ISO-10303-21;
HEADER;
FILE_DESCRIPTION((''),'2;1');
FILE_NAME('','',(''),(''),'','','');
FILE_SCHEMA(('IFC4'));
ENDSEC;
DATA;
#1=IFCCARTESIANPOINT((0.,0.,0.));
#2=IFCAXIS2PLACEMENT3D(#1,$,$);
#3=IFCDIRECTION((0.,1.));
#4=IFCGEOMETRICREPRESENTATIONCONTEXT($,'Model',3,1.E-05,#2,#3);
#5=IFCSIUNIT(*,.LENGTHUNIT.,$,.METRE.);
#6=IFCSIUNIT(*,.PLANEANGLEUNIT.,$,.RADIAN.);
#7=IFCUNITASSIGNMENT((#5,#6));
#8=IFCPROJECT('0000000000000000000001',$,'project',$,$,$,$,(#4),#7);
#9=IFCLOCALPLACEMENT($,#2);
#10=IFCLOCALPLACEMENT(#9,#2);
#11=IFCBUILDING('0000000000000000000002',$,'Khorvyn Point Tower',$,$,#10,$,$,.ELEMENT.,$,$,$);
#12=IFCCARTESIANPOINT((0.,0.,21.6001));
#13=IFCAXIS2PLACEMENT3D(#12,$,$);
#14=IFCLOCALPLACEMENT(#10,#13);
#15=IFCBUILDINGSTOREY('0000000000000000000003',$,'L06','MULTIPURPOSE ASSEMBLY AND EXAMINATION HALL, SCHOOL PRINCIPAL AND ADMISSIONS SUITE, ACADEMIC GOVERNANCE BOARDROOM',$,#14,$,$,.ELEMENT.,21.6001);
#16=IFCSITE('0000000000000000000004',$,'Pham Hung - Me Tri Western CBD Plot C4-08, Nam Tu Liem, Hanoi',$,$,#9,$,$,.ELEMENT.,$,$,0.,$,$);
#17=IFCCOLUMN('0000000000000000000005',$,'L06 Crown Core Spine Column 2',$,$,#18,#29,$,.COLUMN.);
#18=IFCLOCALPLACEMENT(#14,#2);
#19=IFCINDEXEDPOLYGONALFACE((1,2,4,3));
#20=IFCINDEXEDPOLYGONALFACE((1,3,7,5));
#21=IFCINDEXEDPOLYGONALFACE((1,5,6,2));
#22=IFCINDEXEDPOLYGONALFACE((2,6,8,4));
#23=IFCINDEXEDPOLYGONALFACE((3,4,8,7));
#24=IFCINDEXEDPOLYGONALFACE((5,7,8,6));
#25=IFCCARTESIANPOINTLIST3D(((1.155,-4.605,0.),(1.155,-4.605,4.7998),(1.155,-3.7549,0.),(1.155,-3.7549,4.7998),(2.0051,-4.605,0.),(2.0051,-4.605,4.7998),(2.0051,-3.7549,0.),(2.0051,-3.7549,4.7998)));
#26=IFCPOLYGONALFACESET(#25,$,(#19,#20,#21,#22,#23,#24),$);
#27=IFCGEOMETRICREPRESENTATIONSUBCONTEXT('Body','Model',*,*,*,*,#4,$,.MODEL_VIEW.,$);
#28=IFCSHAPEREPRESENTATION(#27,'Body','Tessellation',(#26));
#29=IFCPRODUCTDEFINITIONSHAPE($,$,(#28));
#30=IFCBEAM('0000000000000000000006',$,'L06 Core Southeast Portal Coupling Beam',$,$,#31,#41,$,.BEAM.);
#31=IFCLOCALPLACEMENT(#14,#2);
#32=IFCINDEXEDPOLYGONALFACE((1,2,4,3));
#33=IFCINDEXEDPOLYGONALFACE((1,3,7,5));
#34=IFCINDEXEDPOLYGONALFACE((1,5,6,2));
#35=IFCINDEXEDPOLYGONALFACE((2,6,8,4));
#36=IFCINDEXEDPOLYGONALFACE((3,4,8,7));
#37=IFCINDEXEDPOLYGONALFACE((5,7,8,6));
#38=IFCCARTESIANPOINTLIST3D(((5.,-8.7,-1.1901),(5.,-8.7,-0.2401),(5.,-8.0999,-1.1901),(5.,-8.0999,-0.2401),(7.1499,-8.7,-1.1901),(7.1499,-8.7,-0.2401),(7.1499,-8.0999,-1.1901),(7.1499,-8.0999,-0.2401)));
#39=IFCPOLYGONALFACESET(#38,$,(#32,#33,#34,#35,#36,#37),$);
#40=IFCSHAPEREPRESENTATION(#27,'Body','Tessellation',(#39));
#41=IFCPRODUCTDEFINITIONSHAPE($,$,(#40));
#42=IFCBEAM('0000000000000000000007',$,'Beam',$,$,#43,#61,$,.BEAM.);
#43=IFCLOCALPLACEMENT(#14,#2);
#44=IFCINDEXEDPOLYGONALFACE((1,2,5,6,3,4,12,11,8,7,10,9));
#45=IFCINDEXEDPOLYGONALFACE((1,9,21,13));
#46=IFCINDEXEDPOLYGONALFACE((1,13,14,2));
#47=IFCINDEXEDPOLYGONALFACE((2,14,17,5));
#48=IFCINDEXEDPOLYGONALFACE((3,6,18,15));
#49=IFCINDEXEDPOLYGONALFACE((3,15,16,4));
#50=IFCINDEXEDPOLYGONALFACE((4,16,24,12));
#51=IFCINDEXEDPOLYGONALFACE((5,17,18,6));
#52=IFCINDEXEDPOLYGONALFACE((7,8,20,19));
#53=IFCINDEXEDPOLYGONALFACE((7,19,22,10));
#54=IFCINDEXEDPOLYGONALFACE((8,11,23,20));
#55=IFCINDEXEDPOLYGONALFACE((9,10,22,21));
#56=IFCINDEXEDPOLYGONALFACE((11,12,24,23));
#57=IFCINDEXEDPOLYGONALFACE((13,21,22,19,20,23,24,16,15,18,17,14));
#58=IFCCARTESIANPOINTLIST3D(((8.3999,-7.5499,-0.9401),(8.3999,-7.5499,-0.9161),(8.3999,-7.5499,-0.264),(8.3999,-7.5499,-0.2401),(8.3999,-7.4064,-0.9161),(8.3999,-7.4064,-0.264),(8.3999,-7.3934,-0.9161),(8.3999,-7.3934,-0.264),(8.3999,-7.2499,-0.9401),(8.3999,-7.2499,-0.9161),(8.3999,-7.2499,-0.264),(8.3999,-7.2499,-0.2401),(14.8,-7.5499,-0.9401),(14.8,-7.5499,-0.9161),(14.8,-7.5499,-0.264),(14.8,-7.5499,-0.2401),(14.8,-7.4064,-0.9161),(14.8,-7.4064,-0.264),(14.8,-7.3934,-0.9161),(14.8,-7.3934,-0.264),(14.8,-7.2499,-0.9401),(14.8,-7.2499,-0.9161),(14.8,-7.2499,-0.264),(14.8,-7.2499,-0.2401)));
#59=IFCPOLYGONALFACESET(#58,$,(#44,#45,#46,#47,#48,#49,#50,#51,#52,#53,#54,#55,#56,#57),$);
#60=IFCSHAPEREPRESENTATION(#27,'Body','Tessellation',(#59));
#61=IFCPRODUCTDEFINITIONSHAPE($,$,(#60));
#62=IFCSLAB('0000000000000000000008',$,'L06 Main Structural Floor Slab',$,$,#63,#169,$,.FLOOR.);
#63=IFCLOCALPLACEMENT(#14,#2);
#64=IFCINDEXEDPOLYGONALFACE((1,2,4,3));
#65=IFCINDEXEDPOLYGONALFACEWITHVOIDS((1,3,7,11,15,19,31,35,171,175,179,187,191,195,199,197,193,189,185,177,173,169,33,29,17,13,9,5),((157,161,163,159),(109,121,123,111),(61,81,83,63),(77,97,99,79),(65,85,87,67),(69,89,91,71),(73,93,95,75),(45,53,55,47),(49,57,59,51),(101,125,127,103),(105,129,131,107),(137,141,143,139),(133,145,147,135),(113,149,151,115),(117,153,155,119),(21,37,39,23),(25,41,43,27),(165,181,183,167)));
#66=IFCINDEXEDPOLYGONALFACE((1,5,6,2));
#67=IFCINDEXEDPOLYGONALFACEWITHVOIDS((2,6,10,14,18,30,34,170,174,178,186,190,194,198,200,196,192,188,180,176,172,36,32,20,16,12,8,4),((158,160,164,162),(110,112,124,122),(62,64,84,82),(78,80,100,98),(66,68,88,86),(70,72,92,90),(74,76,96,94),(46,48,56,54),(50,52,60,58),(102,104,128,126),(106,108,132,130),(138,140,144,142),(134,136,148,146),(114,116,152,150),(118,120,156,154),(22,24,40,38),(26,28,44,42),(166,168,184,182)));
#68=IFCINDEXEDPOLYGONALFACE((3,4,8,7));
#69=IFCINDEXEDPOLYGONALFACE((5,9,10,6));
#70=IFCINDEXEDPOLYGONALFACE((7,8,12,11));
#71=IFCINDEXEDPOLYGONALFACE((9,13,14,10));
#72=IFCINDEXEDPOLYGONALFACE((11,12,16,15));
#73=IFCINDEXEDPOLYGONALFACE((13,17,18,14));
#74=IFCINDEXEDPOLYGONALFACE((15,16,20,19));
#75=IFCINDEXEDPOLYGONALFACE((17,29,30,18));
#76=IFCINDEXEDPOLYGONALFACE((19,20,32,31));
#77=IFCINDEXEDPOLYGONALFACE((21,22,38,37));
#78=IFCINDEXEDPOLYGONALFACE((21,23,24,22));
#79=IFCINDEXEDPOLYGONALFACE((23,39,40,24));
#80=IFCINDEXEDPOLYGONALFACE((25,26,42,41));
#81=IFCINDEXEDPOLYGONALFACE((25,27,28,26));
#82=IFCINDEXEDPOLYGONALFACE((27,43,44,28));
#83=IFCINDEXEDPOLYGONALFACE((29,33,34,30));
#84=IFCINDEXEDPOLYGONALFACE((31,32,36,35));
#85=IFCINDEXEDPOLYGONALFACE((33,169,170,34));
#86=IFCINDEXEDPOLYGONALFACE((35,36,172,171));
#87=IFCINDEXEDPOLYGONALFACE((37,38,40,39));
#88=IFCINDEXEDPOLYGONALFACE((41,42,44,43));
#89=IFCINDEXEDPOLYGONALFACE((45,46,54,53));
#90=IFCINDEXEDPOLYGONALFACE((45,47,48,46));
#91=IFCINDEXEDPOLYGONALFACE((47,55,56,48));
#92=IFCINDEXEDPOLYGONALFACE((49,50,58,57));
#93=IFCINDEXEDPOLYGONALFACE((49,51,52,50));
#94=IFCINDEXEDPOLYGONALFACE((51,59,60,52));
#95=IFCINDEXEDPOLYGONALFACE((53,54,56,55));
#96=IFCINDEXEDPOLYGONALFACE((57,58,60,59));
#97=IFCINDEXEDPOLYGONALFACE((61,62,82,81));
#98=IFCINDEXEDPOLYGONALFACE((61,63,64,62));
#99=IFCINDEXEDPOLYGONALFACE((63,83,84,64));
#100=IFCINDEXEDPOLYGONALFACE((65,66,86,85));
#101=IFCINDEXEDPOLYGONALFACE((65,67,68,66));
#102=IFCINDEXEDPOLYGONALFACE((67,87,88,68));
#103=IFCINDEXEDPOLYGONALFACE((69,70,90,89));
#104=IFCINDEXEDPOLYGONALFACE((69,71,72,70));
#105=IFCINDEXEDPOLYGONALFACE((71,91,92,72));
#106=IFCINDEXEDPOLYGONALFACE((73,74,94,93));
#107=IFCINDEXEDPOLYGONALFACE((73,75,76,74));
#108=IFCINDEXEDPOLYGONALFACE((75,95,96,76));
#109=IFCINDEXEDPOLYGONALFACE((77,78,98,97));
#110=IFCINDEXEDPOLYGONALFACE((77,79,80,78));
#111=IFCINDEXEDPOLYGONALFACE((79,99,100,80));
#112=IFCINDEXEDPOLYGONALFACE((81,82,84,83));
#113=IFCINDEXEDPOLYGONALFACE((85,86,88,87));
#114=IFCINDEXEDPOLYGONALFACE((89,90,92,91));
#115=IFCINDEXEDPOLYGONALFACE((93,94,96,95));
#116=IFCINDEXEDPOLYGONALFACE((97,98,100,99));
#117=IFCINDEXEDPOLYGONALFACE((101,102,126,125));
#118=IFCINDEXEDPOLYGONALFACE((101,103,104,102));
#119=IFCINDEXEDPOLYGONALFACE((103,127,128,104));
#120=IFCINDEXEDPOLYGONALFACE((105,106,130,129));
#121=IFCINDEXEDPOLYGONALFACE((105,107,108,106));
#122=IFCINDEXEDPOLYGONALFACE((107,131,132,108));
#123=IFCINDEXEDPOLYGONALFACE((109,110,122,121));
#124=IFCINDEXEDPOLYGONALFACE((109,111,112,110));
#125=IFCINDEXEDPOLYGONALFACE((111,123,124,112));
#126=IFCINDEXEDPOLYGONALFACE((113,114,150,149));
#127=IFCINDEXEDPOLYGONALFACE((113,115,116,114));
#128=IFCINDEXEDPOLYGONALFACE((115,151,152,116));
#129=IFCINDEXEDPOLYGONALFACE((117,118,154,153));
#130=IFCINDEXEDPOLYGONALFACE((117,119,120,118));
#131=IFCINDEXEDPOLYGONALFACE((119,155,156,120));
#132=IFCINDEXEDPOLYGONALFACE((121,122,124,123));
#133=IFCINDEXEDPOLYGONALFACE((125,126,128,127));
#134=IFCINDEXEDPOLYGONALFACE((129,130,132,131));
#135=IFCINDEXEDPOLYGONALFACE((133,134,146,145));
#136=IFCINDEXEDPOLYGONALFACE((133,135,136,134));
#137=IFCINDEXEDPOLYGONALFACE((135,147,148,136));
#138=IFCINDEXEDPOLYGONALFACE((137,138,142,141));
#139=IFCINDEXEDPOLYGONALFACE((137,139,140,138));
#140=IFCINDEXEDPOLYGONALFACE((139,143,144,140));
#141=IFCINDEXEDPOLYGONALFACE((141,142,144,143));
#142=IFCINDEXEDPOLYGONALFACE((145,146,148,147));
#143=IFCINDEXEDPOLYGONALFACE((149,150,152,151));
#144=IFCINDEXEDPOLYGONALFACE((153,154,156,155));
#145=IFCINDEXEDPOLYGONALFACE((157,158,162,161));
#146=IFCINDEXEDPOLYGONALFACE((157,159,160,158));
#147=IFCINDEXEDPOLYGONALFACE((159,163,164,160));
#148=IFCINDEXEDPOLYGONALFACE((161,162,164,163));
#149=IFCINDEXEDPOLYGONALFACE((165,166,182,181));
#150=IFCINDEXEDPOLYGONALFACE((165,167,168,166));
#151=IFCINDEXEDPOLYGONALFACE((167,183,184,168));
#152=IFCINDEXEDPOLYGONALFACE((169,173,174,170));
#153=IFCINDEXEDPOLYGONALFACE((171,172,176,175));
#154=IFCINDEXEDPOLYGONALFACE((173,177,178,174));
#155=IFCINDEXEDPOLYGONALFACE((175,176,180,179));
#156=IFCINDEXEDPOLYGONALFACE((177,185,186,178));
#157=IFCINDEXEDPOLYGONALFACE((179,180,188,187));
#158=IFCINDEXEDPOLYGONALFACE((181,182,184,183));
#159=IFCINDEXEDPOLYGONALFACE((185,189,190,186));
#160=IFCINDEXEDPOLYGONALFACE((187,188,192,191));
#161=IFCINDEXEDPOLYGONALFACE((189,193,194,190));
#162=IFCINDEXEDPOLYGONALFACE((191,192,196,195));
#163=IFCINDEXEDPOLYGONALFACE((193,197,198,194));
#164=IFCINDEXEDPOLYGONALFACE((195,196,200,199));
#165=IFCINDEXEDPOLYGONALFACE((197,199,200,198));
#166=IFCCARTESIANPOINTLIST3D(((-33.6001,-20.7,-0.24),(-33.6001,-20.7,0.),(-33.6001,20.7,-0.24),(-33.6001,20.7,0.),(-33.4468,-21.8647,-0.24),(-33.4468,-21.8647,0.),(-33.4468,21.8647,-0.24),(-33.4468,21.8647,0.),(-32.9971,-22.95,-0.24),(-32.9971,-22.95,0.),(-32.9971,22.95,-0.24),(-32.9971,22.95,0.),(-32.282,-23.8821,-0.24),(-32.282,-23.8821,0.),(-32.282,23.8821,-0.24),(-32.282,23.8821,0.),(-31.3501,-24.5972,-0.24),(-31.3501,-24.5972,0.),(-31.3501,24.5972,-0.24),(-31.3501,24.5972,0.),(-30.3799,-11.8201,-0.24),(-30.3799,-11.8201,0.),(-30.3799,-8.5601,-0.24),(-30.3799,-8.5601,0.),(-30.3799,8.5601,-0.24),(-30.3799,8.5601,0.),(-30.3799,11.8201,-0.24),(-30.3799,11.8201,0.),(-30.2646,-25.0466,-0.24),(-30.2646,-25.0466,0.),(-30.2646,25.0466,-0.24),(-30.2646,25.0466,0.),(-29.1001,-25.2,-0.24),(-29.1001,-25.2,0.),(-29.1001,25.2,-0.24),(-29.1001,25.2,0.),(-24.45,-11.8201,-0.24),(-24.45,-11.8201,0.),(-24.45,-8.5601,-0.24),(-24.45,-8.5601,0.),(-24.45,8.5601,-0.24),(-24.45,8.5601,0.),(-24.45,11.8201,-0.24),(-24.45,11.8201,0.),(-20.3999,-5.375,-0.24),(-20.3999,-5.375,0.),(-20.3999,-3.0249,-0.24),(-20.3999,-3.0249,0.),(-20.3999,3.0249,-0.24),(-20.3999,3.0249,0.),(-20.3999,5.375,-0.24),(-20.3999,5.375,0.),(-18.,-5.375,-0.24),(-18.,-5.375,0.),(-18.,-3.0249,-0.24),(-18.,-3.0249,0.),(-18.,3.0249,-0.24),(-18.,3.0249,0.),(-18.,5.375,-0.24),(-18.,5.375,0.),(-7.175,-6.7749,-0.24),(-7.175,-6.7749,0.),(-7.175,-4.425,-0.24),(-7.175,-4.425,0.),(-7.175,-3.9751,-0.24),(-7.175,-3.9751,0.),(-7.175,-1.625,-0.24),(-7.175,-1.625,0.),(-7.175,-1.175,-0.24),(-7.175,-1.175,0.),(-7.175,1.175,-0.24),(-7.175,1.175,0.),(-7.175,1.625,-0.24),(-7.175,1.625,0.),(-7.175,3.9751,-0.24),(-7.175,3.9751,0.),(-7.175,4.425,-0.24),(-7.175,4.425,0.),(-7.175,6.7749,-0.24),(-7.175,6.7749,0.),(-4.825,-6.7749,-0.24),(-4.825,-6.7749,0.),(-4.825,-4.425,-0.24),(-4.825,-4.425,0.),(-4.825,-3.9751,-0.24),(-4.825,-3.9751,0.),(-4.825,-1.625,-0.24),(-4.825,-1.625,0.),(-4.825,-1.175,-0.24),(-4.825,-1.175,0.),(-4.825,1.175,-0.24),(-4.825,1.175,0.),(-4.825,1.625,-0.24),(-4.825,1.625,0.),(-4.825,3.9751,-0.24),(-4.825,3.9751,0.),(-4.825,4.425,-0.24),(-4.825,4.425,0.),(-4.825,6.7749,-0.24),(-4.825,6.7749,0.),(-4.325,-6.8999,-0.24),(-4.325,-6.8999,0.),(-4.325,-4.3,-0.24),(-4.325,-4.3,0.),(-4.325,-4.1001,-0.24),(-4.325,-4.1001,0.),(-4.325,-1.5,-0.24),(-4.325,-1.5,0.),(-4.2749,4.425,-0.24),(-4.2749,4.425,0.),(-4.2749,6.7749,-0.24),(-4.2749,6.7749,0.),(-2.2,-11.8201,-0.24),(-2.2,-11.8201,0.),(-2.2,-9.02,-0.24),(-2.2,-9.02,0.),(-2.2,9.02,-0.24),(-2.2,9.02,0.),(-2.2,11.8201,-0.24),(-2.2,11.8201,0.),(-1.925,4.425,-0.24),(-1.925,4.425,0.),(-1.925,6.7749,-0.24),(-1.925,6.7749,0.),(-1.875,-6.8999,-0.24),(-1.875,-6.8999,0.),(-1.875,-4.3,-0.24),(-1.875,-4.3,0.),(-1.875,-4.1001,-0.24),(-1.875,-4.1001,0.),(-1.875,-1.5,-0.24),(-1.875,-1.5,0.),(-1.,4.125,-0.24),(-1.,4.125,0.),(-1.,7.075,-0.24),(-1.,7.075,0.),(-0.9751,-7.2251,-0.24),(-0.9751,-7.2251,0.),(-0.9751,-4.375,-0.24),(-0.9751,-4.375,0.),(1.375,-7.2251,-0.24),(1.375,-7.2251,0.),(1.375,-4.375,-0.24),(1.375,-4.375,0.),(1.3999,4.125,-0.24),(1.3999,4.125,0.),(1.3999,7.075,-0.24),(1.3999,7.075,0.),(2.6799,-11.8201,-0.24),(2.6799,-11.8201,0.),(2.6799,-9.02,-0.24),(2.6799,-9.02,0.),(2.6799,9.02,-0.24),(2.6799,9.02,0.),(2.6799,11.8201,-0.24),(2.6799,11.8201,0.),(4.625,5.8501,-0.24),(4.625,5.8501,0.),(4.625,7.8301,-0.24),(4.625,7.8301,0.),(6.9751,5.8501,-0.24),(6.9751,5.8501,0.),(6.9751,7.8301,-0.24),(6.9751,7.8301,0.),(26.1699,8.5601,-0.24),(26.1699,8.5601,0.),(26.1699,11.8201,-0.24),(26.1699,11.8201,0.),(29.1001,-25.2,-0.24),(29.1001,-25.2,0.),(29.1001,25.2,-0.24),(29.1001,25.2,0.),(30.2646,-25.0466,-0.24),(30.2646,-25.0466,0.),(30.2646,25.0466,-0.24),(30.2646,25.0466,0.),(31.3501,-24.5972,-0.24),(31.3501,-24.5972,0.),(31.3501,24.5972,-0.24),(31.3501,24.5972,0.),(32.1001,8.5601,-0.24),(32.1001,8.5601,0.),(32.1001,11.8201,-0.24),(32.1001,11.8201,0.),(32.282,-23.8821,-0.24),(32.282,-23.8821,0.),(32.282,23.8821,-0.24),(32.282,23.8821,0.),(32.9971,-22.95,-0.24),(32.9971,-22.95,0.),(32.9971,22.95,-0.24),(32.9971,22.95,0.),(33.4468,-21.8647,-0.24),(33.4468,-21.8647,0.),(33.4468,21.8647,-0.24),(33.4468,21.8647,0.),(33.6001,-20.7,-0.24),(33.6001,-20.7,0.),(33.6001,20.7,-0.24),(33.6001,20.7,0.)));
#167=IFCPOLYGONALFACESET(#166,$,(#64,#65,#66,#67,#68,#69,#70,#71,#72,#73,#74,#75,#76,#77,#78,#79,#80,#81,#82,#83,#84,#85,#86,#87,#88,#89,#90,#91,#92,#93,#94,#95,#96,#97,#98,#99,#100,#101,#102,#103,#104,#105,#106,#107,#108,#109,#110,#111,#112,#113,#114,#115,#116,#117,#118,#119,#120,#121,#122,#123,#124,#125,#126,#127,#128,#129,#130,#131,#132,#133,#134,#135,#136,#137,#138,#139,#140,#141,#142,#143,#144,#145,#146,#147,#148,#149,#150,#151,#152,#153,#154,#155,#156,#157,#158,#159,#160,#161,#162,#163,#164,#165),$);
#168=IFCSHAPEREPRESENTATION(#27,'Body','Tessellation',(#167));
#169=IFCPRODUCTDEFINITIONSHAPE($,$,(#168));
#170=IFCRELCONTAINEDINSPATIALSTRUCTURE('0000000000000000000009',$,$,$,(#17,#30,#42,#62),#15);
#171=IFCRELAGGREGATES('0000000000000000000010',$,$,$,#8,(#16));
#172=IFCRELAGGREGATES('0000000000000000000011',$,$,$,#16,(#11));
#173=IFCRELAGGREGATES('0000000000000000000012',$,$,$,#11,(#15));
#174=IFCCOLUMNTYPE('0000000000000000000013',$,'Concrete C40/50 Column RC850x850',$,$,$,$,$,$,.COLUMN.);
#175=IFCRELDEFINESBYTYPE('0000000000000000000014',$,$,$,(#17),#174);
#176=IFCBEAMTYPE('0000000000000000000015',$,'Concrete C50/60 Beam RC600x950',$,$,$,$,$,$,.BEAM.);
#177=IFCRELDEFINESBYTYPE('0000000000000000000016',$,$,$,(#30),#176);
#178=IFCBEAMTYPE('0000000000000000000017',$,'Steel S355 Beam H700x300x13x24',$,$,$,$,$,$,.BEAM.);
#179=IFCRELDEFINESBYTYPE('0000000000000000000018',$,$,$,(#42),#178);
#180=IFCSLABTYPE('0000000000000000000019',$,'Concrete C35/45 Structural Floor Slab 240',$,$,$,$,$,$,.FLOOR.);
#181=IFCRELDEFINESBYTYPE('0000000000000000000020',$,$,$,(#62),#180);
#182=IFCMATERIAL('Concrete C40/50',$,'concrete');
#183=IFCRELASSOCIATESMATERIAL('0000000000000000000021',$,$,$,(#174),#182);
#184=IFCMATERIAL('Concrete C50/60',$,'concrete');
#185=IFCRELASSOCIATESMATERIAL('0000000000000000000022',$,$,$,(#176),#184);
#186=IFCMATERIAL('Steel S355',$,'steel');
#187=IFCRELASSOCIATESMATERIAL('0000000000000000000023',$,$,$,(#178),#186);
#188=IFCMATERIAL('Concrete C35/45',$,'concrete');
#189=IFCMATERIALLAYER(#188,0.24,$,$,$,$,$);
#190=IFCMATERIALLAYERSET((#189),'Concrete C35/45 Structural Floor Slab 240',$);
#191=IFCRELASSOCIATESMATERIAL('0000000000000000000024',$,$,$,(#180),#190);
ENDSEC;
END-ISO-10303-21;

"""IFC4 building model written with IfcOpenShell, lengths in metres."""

from ifc_helpers import new_model, si_unit, direction, frame, origin, origin_2d, place, context, subcontext, project, spatial, polyline, rectangle, i_section, outline, extrude, material, layer, layer_set, material_profile, profile_set, type_object, element, save


model = new_model("IFC4")

# Units and contexts
model_context = context("Model", 3, precision=1e-05, world=origin(), true_north=direction((0.0, 1.0)))
body_context = subcontext(model_context, "Body", "Model", "MODEL_VIEW")
ifc_project = project(units=[si_unit("LENGTHUNIT", "METRE"), si_unit("PLANEANGLEUNIT", "RADIAN")], contexts=[model_context])

# Site, building, storey
site_placement = place(None, origin())
site = spatial("IfcSite", under=ifc_project, at=site_placement, Name="Pham Hung - Me Tri Western CBD Plot C4-08, Nam Tu Liem, Hanoi", CompositionType="ELEMENT", RefElevation=0.0)
building_placement = place(site_placement, origin())
building = spatial("IfcBuilding", under=site, at=building_placement, Name="Khorvyn Point Tower", CompositionType="ELEMENT")
storey_placement = place(building_placement, frame((0.0, 0.0, 21.6001)))
storey = spatial("IfcBuildingStorey", under=building, at=storey_placement, Name="L06", Description="MULTIPURPOSE ASSEMBLY AND EXAMINATION HALL, SCHOOL PRINCIPAL AND ADMISSIONS SUITE, ACADEMIC GOVERNANCE BOARDROOM", CompositionType="ELEMENT", Elevation=21.6001)

# Column
ifc_material_1 = material(Name="Concrete C40/50", Category="concrete")
ifc_material_profile_1 = material_profile(ifc_material_1, rectangle(XDim=0.8501, YDim=0.8501, at=origin_2d()))
ifc_profile_set_1 = profile_set([ifc_material_profile_1], Name="Concrete C40/50 RC850x850")
column_type = type_object("IfcColumnType", Name="Concrete C40/50 Column RC850x850", PredefinedType="COLUMN", material=ifc_profile_set_1)
column_placement = place(storey_placement, frame((1.5801, -4.1799, 0.0), z_axis=(0.0, 0.0, 1.0), x_axis=(1.0, 0.0, 0.0)))
element("IfcColumn", 1, at=column_placement, inside=storey, type_object=column_type, Name="L06 Crown Core Spine Column 2", PredefinedType="COLUMN", context=body_context, shape_type="SweptSolid", body=[
    extrude(rectangle(XDim=0.8501, YDim=0.8501, at=origin_2d()), origin(), (0.0, 0.0, 1.0), 4.7998),
])

# Beams
ifc_material_2 = material(Name="Concrete C50/60", Category="concrete")
ifc_material_profile_2 = material_profile(ifc_material_2, rectangle(XDim=0.6001, YDim=0.95, at=origin_2d()))
ifc_profile_set_2 = profile_set([ifc_material_profile_2], Name="Concrete C50/60 RC600x950")
beam_type_1 = type_object("IfcBeamType", Name="Concrete C50/60 Beam RC600x950", PredefinedType="BEAM", material=ifc_profile_set_2)
beam_1_placement = place(storey_placement, frame((5.0, -8.3999, -0.7151), z_axis=(1.0, 0.0, 0.0), x_axis=(0.0, 1.0, 0.0)))
element("IfcBeam", 2, at=beam_1_placement, inside=storey, type_object=beam_type_1, Name="L06 Core Southeast Portal Coupling Beam", PredefinedType="BEAM", context=body_context, shape_type="SweptSolid", body=[
    extrude(rectangle(XDim=0.6001, YDim=0.95, at=origin_2d()), origin(), (0.0, 0.0, 1.0), 2.1499),
])
ifc_material_3 = material(Name="Steel S355", Category="steel")
ifc_material_profile_3 = material_profile(ifc_material_3, i_section(OverallWidth=0.3, OverallDepth=0.7, WebThickness=0.0129, FlangeThickness=0.0239, at=origin_2d()))
ifc_profile_set_3 = profile_set([ifc_material_profile_3], Name="Steel S355 H700x300x13x24")
beam_type_2 = type_object("IfcBeamType", Name="Steel S355 Beam H700x300x13x24", PredefinedType="BEAM", material=ifc_profile_set_3)
beam_2_placement = place(storey_placement, frame((8.3999, -7.3999, -0.5901), z_axis=(1.0, 0.0, 0.0), x_axis=(0.0, 1.0, 0.0)))
element("IfcBeam", 3, at=beam_2_placement, inside=storey, type_object=beam_type_2, Name="Beam", PredefinedType="BEAM", context=body_context, shape_type="SweptSolid", body=[
    extrude(i_section(OverallWidth=0.3, OverallDepth=0.7, WebThickness=0.0129, FlangeThickness=0.0239, at=origin_2d()), origin(), (0.0, 0.0, 1.0), 6.4001),
])

# Slab
ifc_material_4 = material(Name="Concrete C35/45", Category="concrete")
ifc_layer_1 = layer(ifc_material_4, 0.24)
ifc_layer_set_1 = layer_set([ifc_layer_1], Name="Concrete C35/45 Structural Floor Slab 240")
slab_type = type_object("IfcSlabType", Name="Concrete C35/45 Structural Floor Slab 240", PredefinedType="FLOOR", material=ifc_layer_set_1)
slab_placement = place(storey_placement, frame((0.0, 0.0, -0.24)))
element("IfcSlab", 4, at=slab_placement, inside=storey, type_object=slab_type, Name="L06 Main Structural Floor Slab", PredefinedType="FLOOR", context=body_context, shape_type="SweptSolid", body=[
    extrude(outline(polyline([(-29.1001, -25.2), (-30.2646, -25.0466), (-31.3501, -24.5972), (-32.282, -23.8821), (-32.9971, -22.95), (-33.4468, -21.8647), (-33.6001, -20.7), (-33.6001, 20.7), (-33.4468, 21.8647), (-32.9971, 22.95), (-32.282, 23.8821), (-31.3501, 24.5972), (-30.2646, 25.0466), (-29.1001, 25.2), (29.1001, 25.2), (30.2646, 25.0466), (31.3501, 24.5972), (32.282, 23.8821), (32.9971, 22.95), (33.4468, 21.8647), (33.6001, 20.7), (33.6001, -20.7), (33.4468, -21.8647), (32.9971, -22.95), (32.282, -23.8821), (31.3501, -24.5972), (30.2646, -25.0466), (29.1001, -25.2), (-29.1001, -25.2)]), holes=[polyline([(-30.3799, -11.8201), (-24.45, -11.8201), (-24.45, -8.5601), (-30.3799, -8.5601), (-30.3799, -11.8201)]), polyline([(-7.175, -6.7749), (-4.825, -6.7749), (-4.825, -4.425), (-7.175, -4.425), (-7.175, -6.7749)]), polyline([(-20.3999, -5.375), (-18.0, -5.375), (-18.0, -3.0249), (-20.3999, -3.0249), (-20.3999, -5.375)]), polyline([(-7.175, -3.9751), (-4.825, -3.9751), (-4.825, -1.625), (-7.175, -1.625), (-7.175, -3.9751)]), polyline([(-7.175, -1.175), (-4.825, -1.175), (-4.825, 1.175), (-7.175, 1.175), (-7.175, -1.175)]), polyline([(-7.175, 1.625), (-4.825, 1.625), (-4.825, 3.9751), (-7.175, 3.9751), (-7.175, 1.625)]), polyline([(-20.3999, 3.0249), (-18.0, 3.0249), (-18.0, 5.375), (-20.3999, 5.375), (-20.3999, 3.0249)]), polyline([(-7.175, 6.7749), (-7.175, 4.425), (-4.825, 4.425), (-4.825, 6.7749), (-7.175, 6.7749)]), polyline([(-30.3799, 11.8201), (-30.3799, 8.5601), (-24.45, 8.5601), (-24.45, 11.8201), (-30.3799, 11.8201)]), polyline([(-2.2, -11.8201), (2.6799, -11.8201), (2.6799, -9.02), (-2.2, -9.02), (-2.2, -11.8201)]), polyline([(-0.9751, -7.2251), (1.375, -7.2251), (1.375, -4.375), (-0.9751, -4.375), (-0.9751, -7.2251)]), polyline([(-4.325, -6.8999), (-1.875, -6.8999), (-1.875, -4.3), (-4.325, -4.3), (-4.325, -6.8999)]), polyline([(-4.325, -4.1001), (-1.875, -4.1001), (-1.875, -1.5), (-4.325, -1.5), (-4.325, -4.1001)]), polyline([(-4.2749, 4.425), (-1.925, 4.425), (-1.925, 6.7749), (-4.2749, 6.7749), (-4.2749, 4.425)]), polyline([(-1.0, 4.125), (1.3999, 4.125), (1.3999, 7.075), (-1.0, 7.075), (-1.0, 4.125)]), polyline([(4.625, 5.8501), (6.9751, 5.8501), (6.9751, 7.8301), (4.625, 7.8301), (4.625, 5.8501)]), polyline([(26.1699, 11.8201), (26.1699, 8.5601), (32.1001, 8.5601), (32.1001, 11.8201), (26.1699, 11.8201)]), polyline([(-2.2, 11.8201), (-2.2, 9.02), (2.6799, 9.02), (2.6799, 11.8201), (-2.2, 11.8201)])]), origin(), (0.0, 0.0, 1.0), 0.24),
])

save(model, "model.ifc")
